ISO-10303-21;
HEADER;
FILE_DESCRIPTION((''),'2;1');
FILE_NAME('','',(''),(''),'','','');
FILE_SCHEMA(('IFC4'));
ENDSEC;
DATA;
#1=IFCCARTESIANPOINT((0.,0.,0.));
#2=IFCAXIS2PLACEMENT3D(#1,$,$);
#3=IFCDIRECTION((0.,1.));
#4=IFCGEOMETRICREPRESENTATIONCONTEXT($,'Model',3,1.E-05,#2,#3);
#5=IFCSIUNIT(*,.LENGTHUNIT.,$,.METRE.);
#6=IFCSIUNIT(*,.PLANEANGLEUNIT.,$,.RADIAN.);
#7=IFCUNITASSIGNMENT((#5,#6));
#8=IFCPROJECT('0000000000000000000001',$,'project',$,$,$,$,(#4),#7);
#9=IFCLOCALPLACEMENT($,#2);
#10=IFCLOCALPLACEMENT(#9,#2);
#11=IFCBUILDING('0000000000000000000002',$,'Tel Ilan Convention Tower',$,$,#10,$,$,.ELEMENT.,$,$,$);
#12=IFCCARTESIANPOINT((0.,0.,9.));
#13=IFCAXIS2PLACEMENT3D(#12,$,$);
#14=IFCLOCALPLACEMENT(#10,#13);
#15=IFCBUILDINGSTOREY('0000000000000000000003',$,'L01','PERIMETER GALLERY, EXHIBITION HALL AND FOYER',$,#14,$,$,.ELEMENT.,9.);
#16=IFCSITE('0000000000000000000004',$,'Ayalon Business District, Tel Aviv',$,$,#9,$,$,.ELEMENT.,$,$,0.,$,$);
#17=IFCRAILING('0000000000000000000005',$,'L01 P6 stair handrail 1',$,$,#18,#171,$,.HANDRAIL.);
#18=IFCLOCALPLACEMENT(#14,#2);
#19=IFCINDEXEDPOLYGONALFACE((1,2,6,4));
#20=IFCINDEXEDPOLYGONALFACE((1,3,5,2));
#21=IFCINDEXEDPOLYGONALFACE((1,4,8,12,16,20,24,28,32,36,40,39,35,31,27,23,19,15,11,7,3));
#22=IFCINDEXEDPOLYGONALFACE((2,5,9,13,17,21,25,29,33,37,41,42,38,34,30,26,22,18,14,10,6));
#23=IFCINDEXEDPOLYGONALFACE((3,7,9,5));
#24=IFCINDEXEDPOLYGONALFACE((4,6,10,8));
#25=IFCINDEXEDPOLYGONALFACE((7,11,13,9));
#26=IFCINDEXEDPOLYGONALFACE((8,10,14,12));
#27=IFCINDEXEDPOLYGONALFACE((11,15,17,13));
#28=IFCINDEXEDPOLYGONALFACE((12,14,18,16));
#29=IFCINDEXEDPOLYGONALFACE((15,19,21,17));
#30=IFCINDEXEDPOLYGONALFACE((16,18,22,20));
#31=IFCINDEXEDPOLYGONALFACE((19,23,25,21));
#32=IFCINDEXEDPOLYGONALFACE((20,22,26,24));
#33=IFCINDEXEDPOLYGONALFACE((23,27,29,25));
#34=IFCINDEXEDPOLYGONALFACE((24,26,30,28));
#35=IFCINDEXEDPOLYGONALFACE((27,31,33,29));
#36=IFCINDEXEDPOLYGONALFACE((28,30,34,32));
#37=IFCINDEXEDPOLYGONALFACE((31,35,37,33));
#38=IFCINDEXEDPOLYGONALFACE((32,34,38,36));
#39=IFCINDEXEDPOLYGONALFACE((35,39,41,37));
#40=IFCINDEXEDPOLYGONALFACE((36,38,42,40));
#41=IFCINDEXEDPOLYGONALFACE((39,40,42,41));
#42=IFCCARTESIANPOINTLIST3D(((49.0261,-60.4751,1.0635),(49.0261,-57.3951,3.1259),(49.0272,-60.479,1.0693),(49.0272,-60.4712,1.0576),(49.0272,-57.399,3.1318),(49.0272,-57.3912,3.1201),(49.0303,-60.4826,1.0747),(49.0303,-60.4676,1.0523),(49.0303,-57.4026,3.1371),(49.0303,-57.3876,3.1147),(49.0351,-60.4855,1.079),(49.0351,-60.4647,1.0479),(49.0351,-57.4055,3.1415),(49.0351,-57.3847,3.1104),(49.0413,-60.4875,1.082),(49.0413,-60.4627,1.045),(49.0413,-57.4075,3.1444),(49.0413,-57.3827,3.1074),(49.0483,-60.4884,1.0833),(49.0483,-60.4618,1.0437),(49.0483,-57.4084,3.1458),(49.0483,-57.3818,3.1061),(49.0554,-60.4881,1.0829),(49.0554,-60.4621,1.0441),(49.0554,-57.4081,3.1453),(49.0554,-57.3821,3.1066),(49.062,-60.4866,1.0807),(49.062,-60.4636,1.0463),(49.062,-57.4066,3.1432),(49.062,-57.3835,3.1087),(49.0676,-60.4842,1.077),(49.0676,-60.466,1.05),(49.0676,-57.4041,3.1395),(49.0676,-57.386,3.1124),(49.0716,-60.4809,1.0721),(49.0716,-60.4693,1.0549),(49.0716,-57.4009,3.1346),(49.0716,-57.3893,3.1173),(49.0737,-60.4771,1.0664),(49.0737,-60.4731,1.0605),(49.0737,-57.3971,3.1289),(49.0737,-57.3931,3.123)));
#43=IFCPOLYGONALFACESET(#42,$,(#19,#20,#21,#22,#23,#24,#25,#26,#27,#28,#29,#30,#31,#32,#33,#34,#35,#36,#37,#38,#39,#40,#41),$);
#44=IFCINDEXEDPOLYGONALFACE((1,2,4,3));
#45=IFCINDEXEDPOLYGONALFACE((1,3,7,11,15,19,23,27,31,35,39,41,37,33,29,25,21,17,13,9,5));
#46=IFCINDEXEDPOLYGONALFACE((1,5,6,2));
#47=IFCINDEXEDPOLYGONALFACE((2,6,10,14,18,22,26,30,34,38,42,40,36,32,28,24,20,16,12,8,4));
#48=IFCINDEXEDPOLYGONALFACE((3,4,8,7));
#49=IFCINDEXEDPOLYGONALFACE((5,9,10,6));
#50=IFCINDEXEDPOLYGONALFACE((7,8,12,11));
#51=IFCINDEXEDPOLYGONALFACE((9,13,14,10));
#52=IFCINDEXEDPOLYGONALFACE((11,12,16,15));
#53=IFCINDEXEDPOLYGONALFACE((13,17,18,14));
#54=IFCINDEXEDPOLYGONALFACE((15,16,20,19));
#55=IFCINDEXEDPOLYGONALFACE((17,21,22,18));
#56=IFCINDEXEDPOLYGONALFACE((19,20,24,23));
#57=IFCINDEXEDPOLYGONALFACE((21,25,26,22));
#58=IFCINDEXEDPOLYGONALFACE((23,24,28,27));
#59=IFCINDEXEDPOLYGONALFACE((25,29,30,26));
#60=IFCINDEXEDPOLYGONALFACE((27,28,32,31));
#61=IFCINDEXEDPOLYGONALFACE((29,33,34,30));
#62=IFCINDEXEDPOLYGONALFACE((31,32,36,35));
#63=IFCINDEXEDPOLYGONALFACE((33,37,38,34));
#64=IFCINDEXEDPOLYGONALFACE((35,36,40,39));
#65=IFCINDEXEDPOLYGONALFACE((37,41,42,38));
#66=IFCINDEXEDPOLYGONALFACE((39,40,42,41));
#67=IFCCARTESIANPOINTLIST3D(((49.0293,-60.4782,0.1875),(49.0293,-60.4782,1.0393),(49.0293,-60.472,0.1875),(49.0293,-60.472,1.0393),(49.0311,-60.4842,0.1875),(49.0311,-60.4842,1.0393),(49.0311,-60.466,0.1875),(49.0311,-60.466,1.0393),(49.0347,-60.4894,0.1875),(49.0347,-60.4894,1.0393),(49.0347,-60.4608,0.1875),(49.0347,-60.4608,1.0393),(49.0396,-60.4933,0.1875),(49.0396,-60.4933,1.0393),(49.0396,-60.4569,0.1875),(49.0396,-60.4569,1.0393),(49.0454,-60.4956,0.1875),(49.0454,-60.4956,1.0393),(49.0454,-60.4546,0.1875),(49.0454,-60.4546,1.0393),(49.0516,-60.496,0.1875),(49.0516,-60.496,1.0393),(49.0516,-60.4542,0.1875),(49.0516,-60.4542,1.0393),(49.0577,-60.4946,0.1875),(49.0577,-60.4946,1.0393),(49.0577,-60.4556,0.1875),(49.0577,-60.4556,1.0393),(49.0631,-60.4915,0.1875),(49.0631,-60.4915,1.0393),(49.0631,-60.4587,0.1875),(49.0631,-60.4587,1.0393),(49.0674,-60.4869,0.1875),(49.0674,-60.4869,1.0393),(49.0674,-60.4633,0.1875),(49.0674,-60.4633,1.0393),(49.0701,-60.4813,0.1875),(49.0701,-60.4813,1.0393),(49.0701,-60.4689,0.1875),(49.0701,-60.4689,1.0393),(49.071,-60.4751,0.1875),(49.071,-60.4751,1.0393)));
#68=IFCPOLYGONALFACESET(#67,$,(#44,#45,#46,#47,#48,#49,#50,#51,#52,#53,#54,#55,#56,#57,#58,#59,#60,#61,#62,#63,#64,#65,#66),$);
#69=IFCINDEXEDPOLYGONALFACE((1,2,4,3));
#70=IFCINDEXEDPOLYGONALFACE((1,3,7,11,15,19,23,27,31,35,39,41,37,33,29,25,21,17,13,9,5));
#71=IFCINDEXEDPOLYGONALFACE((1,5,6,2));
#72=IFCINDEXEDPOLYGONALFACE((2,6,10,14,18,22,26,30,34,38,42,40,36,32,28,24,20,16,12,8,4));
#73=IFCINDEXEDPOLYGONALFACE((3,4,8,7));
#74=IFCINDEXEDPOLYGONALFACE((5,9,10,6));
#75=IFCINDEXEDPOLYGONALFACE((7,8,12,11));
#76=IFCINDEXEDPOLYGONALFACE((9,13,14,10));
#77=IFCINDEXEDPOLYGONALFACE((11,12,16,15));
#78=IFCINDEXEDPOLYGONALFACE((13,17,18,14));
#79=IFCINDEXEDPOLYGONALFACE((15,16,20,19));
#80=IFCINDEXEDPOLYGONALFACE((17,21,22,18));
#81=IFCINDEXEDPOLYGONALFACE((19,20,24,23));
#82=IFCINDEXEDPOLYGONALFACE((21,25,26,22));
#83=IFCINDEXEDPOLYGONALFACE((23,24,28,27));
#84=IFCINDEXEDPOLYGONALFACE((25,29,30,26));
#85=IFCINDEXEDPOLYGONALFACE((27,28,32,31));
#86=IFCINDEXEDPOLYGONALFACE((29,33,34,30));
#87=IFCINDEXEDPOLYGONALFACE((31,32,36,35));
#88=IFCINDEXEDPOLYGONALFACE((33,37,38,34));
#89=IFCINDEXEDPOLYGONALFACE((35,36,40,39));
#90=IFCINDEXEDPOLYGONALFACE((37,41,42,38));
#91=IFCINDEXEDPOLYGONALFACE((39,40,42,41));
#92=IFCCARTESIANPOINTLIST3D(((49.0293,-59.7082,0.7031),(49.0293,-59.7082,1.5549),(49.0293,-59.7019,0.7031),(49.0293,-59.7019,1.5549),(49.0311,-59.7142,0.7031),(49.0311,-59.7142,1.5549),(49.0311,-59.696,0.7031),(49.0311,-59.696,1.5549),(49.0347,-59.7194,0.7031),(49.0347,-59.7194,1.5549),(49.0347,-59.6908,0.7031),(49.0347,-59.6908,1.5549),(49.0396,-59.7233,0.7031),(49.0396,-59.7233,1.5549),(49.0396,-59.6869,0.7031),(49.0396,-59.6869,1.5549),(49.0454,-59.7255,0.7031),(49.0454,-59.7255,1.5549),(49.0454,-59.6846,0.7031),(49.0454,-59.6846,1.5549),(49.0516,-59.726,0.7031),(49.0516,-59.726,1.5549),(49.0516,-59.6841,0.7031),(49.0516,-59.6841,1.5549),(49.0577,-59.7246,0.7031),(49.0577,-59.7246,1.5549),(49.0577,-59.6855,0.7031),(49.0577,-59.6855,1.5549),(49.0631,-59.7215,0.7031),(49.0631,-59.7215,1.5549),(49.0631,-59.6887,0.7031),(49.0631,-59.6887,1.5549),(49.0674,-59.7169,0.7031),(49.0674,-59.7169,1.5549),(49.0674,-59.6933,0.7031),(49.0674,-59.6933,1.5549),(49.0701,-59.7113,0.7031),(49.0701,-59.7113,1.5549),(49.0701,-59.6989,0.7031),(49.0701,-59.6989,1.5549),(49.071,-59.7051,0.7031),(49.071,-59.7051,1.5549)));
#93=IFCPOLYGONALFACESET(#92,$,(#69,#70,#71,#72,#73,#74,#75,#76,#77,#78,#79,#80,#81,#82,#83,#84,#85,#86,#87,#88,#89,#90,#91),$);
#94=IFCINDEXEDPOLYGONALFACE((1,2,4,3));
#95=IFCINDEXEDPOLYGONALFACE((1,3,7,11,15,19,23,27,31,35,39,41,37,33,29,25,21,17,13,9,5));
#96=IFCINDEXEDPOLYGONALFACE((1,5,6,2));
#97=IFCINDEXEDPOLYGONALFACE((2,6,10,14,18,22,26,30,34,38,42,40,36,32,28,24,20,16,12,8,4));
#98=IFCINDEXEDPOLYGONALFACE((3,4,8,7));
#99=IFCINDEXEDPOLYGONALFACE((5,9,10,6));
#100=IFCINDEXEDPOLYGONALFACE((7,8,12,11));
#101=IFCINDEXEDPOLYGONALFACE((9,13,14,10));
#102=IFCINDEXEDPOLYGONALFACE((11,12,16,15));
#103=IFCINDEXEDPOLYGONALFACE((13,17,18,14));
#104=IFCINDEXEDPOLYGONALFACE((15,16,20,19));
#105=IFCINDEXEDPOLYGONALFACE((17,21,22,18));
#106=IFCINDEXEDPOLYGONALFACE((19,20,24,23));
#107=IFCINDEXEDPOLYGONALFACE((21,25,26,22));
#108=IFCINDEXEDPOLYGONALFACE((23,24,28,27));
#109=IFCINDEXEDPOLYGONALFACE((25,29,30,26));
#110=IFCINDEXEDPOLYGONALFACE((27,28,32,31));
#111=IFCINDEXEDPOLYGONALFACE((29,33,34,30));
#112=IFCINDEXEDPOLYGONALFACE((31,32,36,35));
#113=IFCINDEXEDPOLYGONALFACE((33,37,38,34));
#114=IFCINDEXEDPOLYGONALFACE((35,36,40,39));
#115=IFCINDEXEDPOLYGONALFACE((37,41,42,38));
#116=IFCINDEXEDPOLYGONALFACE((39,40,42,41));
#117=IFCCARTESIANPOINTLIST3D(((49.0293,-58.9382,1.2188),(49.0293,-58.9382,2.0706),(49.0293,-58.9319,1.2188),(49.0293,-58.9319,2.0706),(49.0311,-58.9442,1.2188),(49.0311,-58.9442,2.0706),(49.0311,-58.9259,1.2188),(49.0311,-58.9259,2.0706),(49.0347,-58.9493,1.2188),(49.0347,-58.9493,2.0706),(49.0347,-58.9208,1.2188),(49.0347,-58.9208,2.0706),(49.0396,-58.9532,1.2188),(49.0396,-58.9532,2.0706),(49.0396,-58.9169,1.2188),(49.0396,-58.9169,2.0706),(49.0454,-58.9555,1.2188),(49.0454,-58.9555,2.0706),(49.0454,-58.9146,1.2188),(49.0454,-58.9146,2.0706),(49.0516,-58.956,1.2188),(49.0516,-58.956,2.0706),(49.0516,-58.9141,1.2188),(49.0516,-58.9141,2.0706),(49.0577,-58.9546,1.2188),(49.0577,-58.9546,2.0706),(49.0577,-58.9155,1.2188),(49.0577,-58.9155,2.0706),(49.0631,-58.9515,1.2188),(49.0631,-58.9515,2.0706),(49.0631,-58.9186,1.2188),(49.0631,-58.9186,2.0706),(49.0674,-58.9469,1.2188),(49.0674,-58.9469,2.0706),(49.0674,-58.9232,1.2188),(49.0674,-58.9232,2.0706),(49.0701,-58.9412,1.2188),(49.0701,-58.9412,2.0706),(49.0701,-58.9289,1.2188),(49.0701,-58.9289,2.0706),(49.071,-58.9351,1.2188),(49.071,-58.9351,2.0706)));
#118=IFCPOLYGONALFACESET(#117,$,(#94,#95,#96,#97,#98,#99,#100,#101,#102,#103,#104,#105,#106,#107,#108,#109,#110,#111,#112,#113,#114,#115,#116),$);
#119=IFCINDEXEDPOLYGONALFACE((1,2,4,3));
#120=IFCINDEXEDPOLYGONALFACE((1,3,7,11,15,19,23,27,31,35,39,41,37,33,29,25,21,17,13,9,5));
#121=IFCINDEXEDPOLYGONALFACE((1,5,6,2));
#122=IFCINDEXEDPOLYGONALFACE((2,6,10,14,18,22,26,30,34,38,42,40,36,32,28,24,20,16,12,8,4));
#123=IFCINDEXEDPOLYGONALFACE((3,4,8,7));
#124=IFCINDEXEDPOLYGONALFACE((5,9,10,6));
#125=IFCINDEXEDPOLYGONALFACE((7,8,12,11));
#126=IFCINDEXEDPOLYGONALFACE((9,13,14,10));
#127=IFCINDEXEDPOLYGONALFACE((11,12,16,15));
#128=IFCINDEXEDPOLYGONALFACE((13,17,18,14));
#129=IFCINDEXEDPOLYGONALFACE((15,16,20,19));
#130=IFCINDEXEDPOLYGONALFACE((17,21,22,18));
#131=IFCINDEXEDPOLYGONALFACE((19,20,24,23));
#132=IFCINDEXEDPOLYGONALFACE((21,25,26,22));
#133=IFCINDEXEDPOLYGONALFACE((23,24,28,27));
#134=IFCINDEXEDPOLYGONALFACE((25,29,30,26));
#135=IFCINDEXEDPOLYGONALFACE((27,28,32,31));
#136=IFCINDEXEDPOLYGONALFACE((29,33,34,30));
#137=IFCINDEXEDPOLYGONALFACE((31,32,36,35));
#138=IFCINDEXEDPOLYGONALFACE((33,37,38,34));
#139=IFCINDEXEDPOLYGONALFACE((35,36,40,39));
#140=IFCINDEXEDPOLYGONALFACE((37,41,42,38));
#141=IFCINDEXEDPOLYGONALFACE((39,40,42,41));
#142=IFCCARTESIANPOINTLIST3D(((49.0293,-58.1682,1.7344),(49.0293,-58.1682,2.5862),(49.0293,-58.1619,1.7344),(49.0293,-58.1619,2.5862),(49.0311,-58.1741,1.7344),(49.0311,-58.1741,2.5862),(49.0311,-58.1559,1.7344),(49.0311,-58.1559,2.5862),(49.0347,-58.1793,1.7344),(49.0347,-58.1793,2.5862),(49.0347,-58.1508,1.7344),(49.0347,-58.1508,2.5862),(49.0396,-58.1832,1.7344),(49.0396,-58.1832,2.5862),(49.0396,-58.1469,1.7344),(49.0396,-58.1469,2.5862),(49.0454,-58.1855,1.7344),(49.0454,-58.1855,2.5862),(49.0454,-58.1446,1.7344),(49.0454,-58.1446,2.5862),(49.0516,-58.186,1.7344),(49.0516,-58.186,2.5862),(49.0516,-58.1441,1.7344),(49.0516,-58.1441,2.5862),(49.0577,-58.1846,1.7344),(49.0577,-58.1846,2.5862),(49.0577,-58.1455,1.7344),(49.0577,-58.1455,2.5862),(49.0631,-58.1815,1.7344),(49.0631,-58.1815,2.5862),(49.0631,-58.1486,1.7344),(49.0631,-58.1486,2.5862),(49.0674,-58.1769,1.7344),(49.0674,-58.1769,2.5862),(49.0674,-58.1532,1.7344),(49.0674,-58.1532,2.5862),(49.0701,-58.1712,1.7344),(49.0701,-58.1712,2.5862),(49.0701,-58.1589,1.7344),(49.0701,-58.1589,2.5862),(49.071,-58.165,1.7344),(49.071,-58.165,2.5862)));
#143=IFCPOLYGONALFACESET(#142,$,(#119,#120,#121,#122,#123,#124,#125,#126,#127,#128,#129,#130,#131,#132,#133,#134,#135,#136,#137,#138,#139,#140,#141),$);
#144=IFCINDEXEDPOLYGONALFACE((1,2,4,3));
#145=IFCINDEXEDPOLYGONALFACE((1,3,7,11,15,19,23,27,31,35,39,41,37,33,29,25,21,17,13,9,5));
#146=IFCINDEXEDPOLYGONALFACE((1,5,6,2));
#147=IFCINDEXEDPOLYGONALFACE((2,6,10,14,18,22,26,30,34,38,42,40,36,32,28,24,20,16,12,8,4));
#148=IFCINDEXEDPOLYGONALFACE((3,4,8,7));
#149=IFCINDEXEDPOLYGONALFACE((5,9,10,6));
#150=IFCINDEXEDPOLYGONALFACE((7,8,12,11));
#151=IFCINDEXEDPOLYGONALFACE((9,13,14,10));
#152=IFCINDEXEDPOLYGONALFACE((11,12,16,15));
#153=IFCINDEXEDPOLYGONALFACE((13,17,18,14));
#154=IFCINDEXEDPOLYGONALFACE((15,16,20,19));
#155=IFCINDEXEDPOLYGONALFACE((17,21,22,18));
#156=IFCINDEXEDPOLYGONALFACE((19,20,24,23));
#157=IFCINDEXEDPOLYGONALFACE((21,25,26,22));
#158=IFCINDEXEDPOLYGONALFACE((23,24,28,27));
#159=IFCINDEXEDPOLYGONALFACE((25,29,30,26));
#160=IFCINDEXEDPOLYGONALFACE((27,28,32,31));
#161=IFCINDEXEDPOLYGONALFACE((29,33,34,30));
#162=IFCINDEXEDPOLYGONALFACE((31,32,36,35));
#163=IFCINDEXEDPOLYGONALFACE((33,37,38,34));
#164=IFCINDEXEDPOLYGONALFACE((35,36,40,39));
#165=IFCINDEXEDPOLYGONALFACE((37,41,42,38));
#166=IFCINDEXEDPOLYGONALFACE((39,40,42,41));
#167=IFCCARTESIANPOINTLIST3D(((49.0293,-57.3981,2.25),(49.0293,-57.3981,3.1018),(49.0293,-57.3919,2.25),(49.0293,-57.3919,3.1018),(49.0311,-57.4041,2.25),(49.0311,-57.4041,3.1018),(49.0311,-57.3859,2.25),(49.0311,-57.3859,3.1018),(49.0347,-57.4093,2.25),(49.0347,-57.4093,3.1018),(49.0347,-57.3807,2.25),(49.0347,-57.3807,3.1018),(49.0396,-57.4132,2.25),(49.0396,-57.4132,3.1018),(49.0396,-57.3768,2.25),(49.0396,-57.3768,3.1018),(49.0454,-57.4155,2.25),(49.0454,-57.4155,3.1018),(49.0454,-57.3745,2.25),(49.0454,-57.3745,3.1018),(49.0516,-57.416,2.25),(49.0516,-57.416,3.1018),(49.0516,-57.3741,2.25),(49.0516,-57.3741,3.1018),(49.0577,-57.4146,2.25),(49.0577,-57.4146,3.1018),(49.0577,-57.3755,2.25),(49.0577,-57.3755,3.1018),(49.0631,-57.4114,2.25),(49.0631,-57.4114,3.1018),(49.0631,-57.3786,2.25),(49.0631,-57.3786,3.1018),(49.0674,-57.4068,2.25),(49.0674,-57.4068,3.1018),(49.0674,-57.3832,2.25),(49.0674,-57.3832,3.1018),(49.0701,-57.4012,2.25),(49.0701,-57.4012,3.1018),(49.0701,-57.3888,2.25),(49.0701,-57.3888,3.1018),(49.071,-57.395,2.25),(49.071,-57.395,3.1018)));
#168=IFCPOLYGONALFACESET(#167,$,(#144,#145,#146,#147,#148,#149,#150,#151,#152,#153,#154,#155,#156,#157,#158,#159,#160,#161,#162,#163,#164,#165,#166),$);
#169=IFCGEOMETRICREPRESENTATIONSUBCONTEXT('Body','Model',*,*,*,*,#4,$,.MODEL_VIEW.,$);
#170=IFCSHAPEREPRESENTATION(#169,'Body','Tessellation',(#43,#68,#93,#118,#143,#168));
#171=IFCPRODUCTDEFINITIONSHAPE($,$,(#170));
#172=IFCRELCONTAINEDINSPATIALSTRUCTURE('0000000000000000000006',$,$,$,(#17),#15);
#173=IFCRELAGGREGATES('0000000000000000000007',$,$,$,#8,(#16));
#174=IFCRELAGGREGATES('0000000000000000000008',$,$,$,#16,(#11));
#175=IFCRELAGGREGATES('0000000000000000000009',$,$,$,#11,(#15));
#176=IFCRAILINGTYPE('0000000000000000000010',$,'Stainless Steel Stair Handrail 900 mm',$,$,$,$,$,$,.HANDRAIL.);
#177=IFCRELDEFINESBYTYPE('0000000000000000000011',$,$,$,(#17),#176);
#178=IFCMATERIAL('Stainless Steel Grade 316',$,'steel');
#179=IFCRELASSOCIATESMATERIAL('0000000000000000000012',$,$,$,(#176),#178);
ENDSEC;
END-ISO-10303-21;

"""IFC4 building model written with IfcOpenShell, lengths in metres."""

from ifc_helpers import new_model, si_unit, direction, frame, origin, origin_2d, place, context, subcontext, project, spatial, circle, extrude, material, type_object, element, save


model = new_model("IFC4")

# Units and contexts
model_context = context("Model", 3, precision=1e-05, world=origin(), true_north=direction((0.0, 1.0)))
body_context = subcontext(model_context, "Body", "Model", "MODEL_VIEW")
ifc_project = project(units=[si_unit("LENGTHUNIT", "METRE"), si_unit("PLANEANGLEUNIT", "RADIAN")], contexts=[model_context])

# Site, building, storey
site_placement = place(None, origin())
site = spatial("IfcSite", under=ifc_project, at=site_placement, Name="Ayalon Business District, Tel Aviv", CompositionType="ELEMENT", RefElevation=0.0)
building_placement = place(site_placement, origin())
building = spatial("IfcBuilding", under=site, at=building_placement, Name="Tel Ilan Convention Tower", CompositionType="ELEMENT")
storey_placement = place(building_placement, frame((0.0, 0.0, 9.0)))
storey = spatial("IfcBuildingStorey", under=building, at=storey_placement, Name="L01", Description="PERIMETER GALLERY, EXHIBITION HALL AND FOYER", CompositionType="ELEMENT", Elevation=9.0)

# Railing
ifc_material_1 = material(Name="Stainless Steel Grade 316", Category="steel")
railing_type_1 = type_object("IfcRailingType", Name="Stainless Steel Stair Handrail 900 mm", PredefinedType="HANDRAIL", material=ifc_material_1)
railing_1_placement = place(storey_placement, frame((49.05, -60.4751, 0.1875)))
element("IfcRailing", 1, at=railing_1_placement, inside=storey, type_object=railing_type_1, Name="L01 P6 stair handrail 1", PredefinedType="HANDRAIL", context=body_context, shape_type="SweptSolid", body=[
    extrude(circle(Radius=0.0239, at=origin_2d()), frame((0.0, 0.0, 0.876), z_axis=(0.0, 0.830914, 0.556401), x_axis=(-1.0, 0.0, 0.0)), (0.0, 0.0, 1.0), 3.7068),
    extrude(circle(Radius=0.021, at=origin_2d()), origin(), (0.0, 0.0, 1.0), 0.8518),
    extrude(circle(Radius=0.021, at=origin_2d()), frame((0.0, 0.77, 0.5156)), (0.0, 0.0, 1.0), 0.8518),
    extrude(circle(Radius=0.021, at=origin_2d()), frame((0.0, 1.54, 1.0312)), (0.0, 0.0, 1.0), 0.8518),
    extrude(circle(Radius=0.021, at=origin_2d()), frame((0.0, 2.3101, 1.5469)), (0.0, 0.0, 1.0), 0.8518),
    extrude(circle(Radius=0.021, at=origin_2d()), frame((0.0, 3.0801, 2.0625)), (0.0, 0.0, 1.0), 0.8518),
])

save(model, "model.ifc")
